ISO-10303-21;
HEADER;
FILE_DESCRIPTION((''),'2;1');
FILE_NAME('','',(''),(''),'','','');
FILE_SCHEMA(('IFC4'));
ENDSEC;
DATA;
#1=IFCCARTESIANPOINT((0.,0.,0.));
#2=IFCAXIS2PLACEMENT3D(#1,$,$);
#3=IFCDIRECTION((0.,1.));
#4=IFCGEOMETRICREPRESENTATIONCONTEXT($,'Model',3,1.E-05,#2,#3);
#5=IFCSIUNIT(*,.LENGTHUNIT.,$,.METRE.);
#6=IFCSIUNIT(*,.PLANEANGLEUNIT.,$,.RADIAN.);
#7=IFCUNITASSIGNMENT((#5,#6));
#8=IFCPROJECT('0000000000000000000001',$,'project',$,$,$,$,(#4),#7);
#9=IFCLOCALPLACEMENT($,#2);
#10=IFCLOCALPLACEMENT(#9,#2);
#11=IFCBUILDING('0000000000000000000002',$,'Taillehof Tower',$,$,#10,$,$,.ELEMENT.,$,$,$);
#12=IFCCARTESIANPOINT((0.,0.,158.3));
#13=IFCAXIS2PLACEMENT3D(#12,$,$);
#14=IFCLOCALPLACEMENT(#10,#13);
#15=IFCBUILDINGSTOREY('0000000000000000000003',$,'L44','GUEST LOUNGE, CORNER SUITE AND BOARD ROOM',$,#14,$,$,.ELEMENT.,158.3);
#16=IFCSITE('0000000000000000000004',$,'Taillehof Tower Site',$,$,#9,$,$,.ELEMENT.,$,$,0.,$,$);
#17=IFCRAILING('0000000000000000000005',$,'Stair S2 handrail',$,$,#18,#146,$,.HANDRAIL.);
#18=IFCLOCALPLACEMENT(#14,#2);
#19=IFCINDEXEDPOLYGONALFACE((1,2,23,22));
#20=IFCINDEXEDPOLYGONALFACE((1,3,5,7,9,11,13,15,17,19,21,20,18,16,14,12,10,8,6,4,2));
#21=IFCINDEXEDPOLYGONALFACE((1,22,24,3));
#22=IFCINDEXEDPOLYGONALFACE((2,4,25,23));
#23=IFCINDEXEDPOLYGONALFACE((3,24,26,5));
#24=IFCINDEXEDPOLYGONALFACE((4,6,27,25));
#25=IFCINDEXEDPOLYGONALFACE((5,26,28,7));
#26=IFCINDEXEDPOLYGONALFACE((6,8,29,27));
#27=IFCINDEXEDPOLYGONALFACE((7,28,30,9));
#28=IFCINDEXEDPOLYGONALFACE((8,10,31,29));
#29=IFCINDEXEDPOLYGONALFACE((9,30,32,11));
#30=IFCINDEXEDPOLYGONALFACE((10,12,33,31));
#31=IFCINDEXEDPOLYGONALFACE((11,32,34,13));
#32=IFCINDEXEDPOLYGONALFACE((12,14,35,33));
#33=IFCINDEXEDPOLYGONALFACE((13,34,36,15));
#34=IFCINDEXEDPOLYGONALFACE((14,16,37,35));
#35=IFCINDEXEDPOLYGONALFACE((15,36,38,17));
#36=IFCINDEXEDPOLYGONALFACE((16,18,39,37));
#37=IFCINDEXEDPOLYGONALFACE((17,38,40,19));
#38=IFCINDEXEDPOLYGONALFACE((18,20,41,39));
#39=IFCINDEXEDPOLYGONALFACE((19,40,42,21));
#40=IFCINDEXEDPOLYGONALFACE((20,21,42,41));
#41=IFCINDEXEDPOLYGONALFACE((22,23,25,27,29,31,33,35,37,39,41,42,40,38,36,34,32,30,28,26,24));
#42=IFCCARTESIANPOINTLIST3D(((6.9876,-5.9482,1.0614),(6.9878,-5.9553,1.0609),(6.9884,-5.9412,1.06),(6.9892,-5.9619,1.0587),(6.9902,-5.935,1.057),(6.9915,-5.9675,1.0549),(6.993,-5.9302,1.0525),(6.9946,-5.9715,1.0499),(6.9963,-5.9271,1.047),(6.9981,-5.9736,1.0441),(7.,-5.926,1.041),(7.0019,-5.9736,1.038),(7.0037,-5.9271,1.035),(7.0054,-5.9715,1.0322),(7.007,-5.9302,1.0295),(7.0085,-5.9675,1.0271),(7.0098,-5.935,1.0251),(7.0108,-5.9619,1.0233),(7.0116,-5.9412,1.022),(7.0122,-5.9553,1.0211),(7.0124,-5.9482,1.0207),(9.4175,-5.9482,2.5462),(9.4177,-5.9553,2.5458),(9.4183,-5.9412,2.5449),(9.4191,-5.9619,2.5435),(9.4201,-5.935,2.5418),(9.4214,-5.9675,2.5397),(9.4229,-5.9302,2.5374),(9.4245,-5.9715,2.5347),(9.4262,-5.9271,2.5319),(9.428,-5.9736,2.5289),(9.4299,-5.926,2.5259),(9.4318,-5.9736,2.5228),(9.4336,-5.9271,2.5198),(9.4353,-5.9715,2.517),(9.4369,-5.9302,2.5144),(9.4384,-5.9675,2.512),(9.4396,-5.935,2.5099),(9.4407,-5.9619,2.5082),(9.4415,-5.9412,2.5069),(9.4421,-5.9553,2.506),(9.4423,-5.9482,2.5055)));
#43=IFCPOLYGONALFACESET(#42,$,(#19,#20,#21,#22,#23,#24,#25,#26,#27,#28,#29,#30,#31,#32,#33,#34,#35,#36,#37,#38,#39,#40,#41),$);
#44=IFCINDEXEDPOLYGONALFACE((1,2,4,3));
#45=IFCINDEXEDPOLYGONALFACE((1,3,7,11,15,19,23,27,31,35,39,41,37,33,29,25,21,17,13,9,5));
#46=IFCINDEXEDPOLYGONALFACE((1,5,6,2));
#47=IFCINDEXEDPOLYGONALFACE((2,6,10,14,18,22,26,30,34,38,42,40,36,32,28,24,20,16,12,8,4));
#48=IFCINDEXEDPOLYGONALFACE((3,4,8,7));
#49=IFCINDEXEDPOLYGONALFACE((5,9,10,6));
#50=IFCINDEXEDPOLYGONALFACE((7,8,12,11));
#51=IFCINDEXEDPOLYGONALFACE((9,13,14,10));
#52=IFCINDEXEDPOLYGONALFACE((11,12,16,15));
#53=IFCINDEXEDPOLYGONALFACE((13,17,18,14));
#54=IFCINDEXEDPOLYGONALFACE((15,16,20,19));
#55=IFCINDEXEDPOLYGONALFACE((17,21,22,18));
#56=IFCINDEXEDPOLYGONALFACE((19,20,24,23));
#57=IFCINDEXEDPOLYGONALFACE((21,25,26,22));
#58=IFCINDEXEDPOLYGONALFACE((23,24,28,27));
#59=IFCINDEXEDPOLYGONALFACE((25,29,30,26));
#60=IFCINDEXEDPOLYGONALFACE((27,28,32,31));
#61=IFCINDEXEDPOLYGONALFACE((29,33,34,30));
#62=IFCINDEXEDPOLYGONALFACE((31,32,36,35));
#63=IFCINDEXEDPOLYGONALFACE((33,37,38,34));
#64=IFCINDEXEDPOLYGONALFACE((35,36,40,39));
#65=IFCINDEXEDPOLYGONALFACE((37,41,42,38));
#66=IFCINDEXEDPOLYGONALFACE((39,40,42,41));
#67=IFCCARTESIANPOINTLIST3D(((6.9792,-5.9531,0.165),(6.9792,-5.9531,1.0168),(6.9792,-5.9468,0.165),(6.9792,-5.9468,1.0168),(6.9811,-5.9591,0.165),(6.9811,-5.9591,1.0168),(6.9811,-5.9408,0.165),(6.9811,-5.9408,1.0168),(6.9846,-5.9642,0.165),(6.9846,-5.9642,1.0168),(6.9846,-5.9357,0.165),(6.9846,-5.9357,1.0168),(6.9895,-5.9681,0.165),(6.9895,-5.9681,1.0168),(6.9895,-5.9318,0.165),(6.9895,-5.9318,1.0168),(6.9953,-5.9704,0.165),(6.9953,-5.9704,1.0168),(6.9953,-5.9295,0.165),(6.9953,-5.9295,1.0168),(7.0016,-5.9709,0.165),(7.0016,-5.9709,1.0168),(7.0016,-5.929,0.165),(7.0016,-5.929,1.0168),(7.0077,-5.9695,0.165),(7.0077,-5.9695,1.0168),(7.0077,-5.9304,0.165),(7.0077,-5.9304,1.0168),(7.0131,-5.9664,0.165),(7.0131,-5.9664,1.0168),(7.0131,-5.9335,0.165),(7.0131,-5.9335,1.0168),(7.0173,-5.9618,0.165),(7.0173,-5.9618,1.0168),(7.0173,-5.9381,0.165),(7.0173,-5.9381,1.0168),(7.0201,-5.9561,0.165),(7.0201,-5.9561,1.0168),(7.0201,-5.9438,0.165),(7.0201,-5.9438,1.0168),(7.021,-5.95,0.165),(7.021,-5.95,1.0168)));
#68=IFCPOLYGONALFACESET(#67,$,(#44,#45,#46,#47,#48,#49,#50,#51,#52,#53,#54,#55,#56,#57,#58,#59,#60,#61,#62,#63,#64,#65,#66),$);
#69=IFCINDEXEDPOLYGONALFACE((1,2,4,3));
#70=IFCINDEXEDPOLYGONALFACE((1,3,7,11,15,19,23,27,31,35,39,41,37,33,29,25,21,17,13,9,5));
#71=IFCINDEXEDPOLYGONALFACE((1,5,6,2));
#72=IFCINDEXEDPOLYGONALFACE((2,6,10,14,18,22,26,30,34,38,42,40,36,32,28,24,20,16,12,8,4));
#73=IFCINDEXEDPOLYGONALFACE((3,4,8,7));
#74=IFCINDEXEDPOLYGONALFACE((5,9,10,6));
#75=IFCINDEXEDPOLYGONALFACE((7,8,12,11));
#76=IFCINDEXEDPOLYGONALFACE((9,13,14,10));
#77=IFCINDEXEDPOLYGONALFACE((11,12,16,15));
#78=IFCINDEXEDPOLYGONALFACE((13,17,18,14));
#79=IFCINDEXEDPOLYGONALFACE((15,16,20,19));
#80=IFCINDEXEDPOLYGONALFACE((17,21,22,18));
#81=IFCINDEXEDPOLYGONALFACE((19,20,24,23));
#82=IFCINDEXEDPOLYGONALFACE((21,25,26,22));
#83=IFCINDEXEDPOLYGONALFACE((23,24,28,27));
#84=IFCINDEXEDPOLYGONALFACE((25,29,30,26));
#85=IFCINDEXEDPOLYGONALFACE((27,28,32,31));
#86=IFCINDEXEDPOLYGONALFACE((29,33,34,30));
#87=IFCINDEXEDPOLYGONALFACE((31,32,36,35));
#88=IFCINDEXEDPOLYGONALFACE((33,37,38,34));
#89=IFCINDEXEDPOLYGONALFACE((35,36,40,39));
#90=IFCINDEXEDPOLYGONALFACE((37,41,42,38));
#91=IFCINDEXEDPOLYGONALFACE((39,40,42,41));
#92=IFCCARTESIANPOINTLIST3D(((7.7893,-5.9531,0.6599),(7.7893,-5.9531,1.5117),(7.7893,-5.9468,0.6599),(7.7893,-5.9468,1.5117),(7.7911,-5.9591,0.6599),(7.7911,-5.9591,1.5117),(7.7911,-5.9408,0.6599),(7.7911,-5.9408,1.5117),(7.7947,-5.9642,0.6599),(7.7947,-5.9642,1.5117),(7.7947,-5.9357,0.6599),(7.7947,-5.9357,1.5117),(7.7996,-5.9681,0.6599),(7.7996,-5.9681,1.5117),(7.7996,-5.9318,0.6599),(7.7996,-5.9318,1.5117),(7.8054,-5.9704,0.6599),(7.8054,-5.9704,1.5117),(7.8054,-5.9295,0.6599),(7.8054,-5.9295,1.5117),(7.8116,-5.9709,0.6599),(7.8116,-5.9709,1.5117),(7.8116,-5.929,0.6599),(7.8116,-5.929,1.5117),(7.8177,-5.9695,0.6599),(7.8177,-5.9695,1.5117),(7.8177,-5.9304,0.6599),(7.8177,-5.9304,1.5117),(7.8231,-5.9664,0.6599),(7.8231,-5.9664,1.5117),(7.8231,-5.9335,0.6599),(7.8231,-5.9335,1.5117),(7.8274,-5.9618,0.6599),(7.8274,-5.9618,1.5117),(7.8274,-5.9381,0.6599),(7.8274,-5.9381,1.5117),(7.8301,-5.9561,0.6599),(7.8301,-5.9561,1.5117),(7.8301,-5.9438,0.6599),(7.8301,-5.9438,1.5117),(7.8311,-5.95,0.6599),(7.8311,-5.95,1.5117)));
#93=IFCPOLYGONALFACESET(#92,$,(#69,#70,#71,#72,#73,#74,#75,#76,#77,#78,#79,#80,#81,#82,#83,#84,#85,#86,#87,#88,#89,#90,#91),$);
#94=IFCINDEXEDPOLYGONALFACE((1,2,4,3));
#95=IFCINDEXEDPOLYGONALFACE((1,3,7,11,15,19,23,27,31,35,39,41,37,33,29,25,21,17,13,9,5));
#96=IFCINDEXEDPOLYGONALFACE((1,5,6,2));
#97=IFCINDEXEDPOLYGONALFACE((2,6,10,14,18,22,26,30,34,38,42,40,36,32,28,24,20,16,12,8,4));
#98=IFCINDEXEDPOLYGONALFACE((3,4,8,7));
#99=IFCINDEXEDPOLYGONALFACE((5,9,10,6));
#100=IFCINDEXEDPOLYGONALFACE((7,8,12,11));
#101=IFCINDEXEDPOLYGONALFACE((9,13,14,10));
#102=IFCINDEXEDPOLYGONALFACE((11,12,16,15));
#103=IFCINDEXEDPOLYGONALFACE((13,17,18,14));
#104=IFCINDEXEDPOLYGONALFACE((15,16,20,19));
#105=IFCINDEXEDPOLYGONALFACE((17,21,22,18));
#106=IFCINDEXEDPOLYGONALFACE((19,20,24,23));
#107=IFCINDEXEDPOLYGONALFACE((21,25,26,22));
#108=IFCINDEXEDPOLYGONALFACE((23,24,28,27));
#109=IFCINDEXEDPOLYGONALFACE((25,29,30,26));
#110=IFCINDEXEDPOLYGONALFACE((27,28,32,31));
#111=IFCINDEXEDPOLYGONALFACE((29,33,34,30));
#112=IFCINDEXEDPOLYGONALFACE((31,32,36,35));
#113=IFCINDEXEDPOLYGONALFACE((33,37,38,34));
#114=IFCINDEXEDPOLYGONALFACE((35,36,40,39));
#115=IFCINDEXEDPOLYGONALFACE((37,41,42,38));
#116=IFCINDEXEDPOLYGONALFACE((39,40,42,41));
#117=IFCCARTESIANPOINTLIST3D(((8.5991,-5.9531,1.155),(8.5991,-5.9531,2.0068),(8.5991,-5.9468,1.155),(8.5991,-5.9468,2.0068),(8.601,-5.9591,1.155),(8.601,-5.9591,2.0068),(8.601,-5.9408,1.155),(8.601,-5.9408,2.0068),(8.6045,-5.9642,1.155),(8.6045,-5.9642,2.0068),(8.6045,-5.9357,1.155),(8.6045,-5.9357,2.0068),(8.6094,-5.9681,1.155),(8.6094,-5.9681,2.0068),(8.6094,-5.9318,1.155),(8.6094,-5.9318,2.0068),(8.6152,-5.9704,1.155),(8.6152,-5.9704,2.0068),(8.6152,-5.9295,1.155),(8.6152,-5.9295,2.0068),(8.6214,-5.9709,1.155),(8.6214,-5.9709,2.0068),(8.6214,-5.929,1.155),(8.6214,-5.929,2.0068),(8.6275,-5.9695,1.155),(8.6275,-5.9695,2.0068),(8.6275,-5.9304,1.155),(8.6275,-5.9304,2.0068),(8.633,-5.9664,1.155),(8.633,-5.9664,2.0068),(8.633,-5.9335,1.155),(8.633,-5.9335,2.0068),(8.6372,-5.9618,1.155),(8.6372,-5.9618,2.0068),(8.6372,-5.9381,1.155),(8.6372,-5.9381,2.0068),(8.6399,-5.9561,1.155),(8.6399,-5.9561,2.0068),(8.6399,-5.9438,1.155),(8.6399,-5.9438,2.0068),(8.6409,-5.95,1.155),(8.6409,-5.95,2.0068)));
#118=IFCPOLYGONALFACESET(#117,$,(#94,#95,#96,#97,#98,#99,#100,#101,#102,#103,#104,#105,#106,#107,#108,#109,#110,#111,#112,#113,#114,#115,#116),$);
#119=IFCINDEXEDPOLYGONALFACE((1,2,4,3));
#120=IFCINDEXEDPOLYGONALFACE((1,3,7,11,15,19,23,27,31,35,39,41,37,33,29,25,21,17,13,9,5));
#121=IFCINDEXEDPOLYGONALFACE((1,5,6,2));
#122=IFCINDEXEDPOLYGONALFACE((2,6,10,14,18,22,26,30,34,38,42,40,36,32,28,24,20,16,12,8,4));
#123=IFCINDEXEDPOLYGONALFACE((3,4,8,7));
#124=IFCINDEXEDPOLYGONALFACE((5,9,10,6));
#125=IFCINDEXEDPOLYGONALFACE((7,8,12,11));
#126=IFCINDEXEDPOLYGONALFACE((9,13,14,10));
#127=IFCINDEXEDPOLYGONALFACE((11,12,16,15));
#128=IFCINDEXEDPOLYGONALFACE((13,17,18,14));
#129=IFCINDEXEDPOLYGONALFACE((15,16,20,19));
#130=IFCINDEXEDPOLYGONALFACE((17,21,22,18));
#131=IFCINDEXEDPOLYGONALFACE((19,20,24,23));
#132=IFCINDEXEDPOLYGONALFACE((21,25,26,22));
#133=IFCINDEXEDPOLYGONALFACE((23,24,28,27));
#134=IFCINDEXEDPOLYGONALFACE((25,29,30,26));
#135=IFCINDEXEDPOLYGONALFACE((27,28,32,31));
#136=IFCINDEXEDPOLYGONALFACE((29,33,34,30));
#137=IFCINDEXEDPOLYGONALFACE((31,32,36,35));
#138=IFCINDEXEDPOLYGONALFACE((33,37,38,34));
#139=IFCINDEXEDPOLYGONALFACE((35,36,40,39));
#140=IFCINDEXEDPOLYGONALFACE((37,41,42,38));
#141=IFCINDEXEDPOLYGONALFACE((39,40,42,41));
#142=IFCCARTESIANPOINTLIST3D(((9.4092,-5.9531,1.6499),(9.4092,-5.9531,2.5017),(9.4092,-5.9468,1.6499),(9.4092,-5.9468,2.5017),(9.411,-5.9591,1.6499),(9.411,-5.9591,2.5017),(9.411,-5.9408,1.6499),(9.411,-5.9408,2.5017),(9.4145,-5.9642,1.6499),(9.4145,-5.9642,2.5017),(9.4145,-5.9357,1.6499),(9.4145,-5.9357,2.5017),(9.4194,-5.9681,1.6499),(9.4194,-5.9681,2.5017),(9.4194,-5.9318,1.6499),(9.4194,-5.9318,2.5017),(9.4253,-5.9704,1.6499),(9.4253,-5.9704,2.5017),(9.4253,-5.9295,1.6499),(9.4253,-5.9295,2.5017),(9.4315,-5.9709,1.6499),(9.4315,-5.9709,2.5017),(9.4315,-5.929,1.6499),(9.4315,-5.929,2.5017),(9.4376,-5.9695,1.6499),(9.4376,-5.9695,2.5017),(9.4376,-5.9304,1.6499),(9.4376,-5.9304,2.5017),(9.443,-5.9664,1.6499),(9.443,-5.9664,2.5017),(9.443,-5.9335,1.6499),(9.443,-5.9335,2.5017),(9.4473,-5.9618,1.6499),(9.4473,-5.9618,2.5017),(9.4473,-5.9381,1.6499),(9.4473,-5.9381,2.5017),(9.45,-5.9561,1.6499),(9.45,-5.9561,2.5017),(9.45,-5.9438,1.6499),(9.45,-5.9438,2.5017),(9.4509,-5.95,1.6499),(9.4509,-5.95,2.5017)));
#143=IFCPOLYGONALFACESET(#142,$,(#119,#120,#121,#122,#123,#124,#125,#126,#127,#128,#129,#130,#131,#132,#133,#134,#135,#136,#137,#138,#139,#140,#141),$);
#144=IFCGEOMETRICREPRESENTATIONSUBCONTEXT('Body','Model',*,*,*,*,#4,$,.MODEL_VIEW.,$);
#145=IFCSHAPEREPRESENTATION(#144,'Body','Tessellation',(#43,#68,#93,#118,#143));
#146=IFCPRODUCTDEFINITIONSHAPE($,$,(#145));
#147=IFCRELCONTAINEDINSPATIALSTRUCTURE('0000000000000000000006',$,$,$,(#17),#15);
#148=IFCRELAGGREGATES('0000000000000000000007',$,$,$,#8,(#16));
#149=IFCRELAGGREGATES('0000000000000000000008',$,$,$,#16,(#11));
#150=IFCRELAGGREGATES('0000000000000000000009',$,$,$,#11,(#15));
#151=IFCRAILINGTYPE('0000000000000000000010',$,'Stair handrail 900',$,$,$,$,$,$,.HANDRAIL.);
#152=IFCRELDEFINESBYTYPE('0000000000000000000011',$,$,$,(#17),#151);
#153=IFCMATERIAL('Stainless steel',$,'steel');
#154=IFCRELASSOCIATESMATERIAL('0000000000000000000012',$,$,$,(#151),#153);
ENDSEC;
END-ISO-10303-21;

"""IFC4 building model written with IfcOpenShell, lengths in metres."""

from ifc_helpers import new_model, si_unit, direction, frame, origin, origin_2d, place, context, subcontext, project, spatial, circle, extrude, material, type_object, element, save


model = new_model("IFC4")

# Units and contexts
model_context = context("Model", 3, precision=1e-05, world=origin(), true_north=direction((0.0, 1.0)))
body_context = subcontext(model_context, "Body", "Model", "MODEL_VIEW")
ifc_project = project(units=[si_unit("LENGTHUNIT", "METRE"), si_unit("PLANEANGLEUNIT", "RADIAN")], contexts=[model_context])

# Site, building, storey
site_placement = place(None, origin())
site = spatial("IfcSite", under=ifc_project, at=site_placement, Name="Taillehof Tower Site", CompositionType="ELEMENT", RefElevation=0.0)
building_placement = place(site_placement, origin())
building = spatial("IfcBuilding", under=site, at=building_placement, Name="Taillehof Tower", CompositionType="ELEMENT")
storey_placement = place(building_placement, frame((0.0, 0.0, 158.3)))
storey = spatial("IfcBuildingStorey", under=building, at=storey_placement, Name="L44", Description="GUEST LOUNGE, CORNER SUITE AND BOARD ROOM", CompositionType="ELEMENT", Elevation=158.3)

# Railing
ifc_material_1 = material(Name="Stainless steel", Category="steel")
railing_type = type_object("IfcRailingType", Name="Stair handrail 900", PredefinedType="HANDRAIL", material=ifc_material_1)
railing_placement = place(storey_placement, frame((7.0, -5.95, 0.165)))
element("IfcRailing", 1, at=railing_placement, inside=storey, type_object=railing_type, Name="Stair S2 handrail", PredefinedType="HANDRAIL", context=body_context, shape_type="SweptSolid", body=[
    extrude(circle(Radius=0.0239, at=origin_2d()), frame((0.0, 0.0, 0.876), z_axis=(0.853297, 0.0, 0.521426), x_axis=(0.0, 1.0, 0.0)), (0.0, 0.0, 1.0), 2.8477),
    extrude(circle(Radius=0.021, at=origin_2d()), origin(), (0.0, 0.0, 1.0), 0.8518),
    extrude(circle(Radius=0.021, at=origin_2d()), frame((0.8101, 0.0, 0.4949)), (0.0, 0.0, 1.0), 0.8518),
    extrude(circle(Radius=0.021, at=origin_2d()), frame((1.6199, 0.0, 0.99)), (0.0, 0.0, 1.0), 0.8518),
    extrude(circle(Radius=0.021, at=origin_2d()), frame((2.4299, 0.0, 1.4849)), (0.0, 0.0, 1.0), 0.8518),
])

save(model, "model.ifc")
